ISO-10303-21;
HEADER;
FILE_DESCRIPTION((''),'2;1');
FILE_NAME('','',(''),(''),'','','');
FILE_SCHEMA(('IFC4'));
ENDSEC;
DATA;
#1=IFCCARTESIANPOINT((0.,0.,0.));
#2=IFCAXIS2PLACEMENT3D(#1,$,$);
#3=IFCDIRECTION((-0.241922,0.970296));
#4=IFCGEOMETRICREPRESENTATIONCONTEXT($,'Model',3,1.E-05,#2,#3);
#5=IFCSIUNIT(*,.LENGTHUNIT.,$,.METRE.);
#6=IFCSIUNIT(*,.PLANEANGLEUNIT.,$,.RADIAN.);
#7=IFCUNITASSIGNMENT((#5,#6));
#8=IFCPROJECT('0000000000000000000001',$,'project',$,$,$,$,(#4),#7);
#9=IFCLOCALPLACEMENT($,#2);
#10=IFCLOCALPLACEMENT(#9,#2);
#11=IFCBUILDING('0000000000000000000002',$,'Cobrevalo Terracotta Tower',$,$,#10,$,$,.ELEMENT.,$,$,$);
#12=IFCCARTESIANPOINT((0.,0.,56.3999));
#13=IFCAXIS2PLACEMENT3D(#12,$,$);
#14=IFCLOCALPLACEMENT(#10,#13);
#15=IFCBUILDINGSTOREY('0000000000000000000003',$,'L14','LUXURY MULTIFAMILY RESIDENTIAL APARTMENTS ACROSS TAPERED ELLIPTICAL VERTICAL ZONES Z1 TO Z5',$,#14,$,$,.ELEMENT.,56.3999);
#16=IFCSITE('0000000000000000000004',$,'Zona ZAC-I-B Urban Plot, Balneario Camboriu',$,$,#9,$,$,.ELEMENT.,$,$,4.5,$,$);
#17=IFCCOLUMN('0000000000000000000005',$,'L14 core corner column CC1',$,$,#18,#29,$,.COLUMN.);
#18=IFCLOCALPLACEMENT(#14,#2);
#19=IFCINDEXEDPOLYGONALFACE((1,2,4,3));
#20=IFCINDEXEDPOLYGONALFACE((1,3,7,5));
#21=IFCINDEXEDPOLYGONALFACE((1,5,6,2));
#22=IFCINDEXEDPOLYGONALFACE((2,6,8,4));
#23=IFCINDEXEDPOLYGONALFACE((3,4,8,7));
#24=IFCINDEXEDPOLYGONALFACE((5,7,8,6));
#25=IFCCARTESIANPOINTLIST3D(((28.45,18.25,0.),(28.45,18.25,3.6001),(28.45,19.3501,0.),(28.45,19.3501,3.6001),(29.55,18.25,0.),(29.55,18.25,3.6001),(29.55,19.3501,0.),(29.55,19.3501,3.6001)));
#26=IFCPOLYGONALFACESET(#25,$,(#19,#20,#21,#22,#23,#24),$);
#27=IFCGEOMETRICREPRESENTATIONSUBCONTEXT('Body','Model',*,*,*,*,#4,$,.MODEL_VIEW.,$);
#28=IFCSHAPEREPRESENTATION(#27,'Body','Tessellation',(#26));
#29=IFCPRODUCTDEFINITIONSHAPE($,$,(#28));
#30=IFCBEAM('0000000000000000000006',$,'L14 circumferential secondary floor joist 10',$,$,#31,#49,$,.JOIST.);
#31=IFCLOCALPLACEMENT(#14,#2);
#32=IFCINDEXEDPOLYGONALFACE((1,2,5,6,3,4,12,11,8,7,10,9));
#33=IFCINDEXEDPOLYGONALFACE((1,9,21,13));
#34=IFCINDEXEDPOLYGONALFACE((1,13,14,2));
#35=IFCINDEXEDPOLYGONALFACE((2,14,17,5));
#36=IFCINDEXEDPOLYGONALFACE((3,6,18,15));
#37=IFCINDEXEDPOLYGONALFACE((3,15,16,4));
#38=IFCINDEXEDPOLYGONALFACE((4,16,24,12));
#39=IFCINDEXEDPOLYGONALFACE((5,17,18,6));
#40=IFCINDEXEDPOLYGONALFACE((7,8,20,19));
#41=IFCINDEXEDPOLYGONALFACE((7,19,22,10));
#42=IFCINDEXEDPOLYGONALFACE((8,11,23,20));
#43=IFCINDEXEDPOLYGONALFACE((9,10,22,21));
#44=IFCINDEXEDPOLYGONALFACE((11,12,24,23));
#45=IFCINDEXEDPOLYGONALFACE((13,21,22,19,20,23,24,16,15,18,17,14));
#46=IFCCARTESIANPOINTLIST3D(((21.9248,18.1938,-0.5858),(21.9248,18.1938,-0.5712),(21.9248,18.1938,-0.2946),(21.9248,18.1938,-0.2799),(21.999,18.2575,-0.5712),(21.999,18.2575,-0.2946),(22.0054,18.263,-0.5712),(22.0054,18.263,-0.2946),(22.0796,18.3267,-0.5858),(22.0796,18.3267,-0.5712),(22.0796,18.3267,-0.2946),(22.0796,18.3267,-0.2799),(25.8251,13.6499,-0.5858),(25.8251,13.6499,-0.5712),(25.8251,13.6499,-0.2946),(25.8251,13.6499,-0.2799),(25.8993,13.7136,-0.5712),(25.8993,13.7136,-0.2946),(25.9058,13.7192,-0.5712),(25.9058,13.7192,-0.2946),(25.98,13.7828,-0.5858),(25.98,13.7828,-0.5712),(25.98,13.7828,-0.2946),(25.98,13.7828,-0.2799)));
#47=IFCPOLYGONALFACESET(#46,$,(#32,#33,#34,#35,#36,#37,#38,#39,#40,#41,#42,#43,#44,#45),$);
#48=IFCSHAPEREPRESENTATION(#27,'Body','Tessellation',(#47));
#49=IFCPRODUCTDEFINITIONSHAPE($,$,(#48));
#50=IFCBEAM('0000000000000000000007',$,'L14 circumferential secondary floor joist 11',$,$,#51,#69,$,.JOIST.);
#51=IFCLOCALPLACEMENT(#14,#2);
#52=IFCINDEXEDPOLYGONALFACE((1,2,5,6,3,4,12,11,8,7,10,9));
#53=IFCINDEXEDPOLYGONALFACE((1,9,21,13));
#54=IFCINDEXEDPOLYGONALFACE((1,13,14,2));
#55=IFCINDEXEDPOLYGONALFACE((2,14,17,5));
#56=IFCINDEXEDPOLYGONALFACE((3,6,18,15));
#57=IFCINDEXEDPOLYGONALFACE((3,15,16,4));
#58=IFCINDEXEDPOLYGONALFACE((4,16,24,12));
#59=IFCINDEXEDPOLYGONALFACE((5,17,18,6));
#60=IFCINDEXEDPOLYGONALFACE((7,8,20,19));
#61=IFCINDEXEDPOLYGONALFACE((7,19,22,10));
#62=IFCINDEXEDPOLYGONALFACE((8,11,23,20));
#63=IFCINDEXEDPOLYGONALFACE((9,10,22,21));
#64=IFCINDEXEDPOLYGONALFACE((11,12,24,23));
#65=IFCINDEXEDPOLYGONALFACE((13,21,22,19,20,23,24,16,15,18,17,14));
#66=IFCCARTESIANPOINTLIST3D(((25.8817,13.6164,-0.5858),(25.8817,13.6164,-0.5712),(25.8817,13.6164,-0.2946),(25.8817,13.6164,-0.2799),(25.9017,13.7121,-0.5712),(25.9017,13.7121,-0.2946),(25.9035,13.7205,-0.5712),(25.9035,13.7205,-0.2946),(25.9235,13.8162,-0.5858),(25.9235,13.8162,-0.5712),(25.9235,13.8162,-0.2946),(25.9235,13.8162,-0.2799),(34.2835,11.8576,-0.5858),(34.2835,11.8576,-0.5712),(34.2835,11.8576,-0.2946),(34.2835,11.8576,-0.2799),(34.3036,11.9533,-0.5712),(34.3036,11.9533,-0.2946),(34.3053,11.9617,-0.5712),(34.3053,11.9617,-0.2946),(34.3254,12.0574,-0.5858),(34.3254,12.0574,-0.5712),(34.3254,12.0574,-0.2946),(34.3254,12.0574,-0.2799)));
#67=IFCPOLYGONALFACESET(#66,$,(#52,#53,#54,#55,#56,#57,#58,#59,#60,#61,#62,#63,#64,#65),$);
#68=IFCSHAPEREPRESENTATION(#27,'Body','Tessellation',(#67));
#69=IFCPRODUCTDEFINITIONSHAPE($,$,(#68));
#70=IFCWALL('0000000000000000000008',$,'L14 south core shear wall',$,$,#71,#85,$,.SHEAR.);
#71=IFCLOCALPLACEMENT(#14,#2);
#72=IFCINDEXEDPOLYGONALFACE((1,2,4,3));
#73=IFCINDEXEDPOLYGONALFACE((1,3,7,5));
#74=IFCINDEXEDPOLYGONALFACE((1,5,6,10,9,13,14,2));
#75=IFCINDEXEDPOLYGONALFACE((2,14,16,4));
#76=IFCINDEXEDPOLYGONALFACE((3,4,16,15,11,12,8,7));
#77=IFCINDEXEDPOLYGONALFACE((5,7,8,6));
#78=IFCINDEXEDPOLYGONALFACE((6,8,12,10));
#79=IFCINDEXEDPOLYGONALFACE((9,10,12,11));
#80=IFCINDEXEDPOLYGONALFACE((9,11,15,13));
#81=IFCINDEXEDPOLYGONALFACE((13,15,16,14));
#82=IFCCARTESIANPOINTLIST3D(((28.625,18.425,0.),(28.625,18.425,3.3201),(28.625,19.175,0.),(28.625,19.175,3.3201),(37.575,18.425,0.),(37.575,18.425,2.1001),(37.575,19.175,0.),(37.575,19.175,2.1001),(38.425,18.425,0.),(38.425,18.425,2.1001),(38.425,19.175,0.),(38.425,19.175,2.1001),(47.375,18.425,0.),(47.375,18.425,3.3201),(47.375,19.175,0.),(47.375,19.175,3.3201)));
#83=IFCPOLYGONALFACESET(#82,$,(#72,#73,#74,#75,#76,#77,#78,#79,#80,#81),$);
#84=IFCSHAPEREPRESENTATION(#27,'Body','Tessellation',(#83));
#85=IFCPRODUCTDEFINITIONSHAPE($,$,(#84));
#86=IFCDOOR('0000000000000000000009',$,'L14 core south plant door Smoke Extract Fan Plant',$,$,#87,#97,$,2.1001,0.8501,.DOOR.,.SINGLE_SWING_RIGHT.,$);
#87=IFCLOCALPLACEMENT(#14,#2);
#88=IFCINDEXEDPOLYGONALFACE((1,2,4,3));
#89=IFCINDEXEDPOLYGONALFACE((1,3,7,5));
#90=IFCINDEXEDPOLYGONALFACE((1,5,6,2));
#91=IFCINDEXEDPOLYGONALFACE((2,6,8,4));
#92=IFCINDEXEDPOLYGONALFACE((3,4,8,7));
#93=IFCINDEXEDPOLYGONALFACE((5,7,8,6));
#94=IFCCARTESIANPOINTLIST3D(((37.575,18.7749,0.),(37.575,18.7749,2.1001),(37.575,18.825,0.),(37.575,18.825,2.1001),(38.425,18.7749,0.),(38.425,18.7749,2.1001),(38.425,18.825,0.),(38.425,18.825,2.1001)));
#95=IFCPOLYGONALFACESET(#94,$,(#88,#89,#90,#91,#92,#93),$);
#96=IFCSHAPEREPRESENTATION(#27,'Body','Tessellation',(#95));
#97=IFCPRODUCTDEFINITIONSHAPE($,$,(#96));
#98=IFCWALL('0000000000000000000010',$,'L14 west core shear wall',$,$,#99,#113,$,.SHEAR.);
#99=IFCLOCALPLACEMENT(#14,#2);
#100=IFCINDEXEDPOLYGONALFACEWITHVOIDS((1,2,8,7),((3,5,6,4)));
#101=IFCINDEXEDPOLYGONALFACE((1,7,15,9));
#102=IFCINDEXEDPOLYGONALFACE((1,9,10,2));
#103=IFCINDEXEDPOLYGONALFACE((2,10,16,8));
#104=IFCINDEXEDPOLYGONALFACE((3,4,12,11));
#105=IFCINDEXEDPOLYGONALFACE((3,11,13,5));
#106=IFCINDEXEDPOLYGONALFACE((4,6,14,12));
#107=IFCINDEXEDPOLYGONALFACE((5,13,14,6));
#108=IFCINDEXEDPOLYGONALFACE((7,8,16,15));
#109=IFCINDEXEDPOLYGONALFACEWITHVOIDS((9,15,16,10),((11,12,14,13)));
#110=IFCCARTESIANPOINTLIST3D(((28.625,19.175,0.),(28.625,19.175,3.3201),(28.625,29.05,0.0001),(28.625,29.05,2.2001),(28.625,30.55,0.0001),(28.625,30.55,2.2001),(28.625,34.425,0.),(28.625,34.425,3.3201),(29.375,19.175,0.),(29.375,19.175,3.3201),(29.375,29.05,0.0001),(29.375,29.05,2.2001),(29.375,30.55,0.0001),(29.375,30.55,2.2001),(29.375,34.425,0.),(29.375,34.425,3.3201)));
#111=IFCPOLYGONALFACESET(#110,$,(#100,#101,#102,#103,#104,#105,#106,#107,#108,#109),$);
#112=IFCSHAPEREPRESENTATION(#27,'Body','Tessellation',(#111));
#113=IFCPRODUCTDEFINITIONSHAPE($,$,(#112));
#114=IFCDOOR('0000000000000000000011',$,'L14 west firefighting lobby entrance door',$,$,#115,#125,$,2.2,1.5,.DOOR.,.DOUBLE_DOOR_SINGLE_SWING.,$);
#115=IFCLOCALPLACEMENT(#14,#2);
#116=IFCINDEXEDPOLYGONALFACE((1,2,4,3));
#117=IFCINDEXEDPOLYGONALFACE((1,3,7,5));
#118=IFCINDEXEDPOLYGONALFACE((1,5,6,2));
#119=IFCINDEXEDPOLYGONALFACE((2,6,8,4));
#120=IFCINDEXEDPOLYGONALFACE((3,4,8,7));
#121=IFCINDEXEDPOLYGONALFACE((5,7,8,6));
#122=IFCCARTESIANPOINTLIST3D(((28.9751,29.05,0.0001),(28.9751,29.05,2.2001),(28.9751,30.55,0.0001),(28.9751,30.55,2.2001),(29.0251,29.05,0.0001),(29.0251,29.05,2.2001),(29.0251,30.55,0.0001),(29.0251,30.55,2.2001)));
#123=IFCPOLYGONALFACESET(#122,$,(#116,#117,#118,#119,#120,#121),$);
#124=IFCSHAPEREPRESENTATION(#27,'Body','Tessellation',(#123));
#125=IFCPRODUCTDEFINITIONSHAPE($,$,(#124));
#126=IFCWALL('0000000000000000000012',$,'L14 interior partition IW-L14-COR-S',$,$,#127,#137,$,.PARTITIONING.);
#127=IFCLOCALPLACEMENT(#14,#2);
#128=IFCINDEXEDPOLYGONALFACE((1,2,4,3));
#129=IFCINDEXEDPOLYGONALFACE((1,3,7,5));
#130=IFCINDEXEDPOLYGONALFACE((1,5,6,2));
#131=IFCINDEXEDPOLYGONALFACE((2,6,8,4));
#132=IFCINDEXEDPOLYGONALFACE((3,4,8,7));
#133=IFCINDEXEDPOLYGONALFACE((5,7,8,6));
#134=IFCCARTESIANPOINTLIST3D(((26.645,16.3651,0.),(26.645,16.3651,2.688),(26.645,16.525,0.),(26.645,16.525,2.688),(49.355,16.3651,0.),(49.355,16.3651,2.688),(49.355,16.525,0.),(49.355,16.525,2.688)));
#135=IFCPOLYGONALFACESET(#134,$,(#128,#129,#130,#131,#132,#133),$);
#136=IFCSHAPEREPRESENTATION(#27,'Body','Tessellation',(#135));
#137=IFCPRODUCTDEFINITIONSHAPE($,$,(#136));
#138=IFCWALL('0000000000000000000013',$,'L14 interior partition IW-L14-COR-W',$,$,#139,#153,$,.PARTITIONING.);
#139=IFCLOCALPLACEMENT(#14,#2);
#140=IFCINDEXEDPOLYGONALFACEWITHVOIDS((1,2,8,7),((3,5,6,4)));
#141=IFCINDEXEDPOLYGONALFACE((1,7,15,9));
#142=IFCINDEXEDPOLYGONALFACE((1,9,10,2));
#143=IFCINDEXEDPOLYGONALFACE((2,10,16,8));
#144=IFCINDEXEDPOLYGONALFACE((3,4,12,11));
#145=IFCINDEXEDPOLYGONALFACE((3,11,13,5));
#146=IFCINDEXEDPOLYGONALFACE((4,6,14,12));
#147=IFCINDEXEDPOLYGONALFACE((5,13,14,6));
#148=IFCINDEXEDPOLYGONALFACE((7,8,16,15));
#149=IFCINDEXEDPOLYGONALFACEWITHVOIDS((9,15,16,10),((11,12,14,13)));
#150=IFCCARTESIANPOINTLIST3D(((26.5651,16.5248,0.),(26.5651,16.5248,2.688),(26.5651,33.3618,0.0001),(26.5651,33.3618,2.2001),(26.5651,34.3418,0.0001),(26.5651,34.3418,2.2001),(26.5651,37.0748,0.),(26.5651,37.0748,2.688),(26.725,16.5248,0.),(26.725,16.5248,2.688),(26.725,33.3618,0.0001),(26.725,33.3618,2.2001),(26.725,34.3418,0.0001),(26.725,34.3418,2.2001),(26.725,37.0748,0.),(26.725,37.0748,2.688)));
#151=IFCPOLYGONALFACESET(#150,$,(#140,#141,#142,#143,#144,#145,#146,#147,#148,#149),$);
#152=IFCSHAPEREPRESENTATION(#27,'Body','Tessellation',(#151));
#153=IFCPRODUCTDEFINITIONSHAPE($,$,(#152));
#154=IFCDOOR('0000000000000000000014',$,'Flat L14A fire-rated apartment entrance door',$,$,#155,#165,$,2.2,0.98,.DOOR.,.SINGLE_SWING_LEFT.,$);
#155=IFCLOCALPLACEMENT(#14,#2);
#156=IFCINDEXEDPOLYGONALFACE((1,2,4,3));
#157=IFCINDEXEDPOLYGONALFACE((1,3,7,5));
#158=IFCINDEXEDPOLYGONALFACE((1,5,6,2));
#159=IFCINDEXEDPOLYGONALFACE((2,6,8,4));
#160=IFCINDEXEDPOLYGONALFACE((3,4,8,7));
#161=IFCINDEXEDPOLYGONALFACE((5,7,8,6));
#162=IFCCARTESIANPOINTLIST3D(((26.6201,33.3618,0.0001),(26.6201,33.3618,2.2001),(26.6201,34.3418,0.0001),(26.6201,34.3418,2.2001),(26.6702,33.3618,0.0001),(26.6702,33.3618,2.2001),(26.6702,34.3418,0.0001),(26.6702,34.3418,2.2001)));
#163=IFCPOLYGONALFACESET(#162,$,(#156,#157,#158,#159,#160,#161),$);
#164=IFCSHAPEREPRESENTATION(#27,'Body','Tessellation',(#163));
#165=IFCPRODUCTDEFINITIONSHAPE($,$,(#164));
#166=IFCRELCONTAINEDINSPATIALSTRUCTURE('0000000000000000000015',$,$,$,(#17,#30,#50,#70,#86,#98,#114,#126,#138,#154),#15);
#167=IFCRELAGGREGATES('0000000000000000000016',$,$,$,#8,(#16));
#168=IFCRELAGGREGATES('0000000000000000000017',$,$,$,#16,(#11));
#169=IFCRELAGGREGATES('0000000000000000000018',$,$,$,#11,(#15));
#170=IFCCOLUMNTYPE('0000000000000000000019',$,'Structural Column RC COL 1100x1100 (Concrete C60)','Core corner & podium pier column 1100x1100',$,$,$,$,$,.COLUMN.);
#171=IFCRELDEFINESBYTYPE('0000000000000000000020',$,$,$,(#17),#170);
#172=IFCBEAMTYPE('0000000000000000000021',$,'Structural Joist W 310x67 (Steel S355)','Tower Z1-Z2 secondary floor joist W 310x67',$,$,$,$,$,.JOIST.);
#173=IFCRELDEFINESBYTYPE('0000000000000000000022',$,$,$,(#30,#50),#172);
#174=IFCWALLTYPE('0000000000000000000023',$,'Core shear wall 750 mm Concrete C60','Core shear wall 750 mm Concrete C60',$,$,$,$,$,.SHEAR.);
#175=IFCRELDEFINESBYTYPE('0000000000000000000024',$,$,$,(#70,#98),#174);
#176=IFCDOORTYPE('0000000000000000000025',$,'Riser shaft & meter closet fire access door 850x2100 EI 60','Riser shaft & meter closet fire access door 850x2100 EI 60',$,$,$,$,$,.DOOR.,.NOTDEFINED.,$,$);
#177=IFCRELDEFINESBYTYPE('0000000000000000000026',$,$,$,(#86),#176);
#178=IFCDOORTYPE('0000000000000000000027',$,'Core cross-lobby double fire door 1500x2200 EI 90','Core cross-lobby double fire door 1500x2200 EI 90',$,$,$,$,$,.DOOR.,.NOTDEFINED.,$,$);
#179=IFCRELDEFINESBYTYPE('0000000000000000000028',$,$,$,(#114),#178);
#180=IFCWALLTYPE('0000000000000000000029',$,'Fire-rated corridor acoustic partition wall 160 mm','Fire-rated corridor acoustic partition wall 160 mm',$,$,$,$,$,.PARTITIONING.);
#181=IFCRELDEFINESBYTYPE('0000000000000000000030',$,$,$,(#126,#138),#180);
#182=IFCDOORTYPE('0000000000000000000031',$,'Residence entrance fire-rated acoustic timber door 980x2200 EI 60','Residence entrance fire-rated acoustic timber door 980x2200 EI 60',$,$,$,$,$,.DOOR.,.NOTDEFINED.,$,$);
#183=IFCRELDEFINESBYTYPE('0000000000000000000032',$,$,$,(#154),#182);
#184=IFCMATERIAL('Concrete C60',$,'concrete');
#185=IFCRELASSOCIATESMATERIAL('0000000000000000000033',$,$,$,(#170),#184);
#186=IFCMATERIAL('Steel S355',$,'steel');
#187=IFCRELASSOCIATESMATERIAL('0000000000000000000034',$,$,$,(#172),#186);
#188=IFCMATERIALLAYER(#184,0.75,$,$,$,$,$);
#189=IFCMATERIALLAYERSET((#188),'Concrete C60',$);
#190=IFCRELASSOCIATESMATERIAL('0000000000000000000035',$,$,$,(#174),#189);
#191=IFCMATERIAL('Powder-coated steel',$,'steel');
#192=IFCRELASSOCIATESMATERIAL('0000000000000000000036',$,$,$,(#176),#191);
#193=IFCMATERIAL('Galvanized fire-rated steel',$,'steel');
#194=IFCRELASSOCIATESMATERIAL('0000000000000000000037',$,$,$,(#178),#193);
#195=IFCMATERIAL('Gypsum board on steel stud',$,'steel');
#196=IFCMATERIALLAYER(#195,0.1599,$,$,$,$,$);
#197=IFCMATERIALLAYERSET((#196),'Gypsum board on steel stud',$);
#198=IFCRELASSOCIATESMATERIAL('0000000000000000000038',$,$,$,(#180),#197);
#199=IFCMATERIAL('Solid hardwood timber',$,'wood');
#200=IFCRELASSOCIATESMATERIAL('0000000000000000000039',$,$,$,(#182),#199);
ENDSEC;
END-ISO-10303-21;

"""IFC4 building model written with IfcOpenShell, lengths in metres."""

from ifc_helpers import new_model, si_unit, direction, frame, frame_2d, origin, origin_2d, place, context, subcontext, project, spatial, rectangle, i_section, extrude, source, transform, mapped, material, layer, layer_set, material_profile, profile_set, type_object, element, fill, save


model = new_model("IFC4")

# Units and contexts
model_context = context("Model", 3, precision=1e-05, world=origin(), true_north=direction((-0.241922, 0.970296)))
body_context = subcontext(model_context, "Body", "Model", "MODEL_VIEW")
ifc_project = project(units=[si_unit("LENGTHUNIT", "METRE"), si_unit("PLANEANGLEUNIT", "RADIAN")], contexts=[model_context])

# Site, building, storey
site_placement = place(None, origin())
site = spatial("IfcSite", under=ifc_project, at=site_placement, Name="Zona ZAC-I-B Urban Plot, Balneario Camboriu", CompositionType="ELEMENT", RefElevation=4.5)
building_placement = place(site_placement, origin())
building = spatial("IfcBuilding", under=site, at=building_placement, Name="Cobrevalo Terracotta Tower", CompositionType="ELEMENT")
storey_placement = place(building_placement, frame((0.0, 0.0, 56.3999)))
storey = spatial("IfcBuildingStorey", under=building, at=storey_placement, Name="L14", Description="LUXURY MULTIFAMILY RESIDENTIAL APARTMENTS ACROSS TAPERED ELLIPTICAL VERTICAL ZONES Z1 TO Z5", CompositionType="ELEMENT", Elevation=56.3999)

# Column
ifc_material_1 = material(Name="Concrete C60", Category="concrete")
ifc_material_profile_1 = material_profile(ifc_material_1, rectangle(XDim=1.1001, YDim=1.1001, at=origin_2d()), Name="RC COL 1100x1100")
ifc_profile_set_1 = profile_set([ifc_material_profile_1], Name="Concrete C60")
column_type = type_object("IfcColumnType", Name="Structural Column RC COL 1100x1100 (Concrete C60)", Description="Core corner & podium pier column 1100x1100", PredefinedType="COLUMN", material=ifc_profile_set_1)
column_placement = place(storey_placement, frame((29.0, 18.8, 0.0), z_axis=(0.0, 0.0, 1.0), x_axis=(1.0, 0.0, 0.0)))
element("IfcColumn", 1, at=column_placement, inside=storey, type_object=column_type, Name="L14 core corner column CC1", PredefinedType="COLUMN", context=body_context, shape_type="SweptSolid", body=[
    extrude(rectangle(XDim=1.1001, YDim=1.1001, at=origin_2d()), origin(), (0.0, 0.0, 1.0), 3.6001),
])

# Beams
ifc_material_2 = material(Name="Steel S355", Category="steel")
ifc_material_profile_2 = material_profile(ifc_material_2, i_section(OverallWidth=0.2041, OverallDepth=0.3059, WebThickness=0.0085, FlangeThickness=0.0146, at=origin_2d()), Name="W 310x67")
ifc_profile_set_2 = profile_set([ifc_material_profile_2], Name="Steel S355")
beam_type = type_object("IfcBeamType", Name="Structural Joist W 310x67 (Steel S355)", Description="Tower Z1-Z2 secondary floor joist W 310x67", PredefinedType="JOIST", material=ifc_profile_set_2)
beam_1_placement = place(storey_placement, frame((22.0022, 18.2603, -0.4329), z_axis=(0.651328, -0.758796, 0.0), x_axis=(0.758796, 0.651328, 0.0)))
element("IfcBeam", 2, at=beam_1_placement, inside=storey, type_object=beam_type, Name="L14 circumferential secondary floor joist 10", PredefinedType="JOIST", context=body_context, shape_type="SweptSolid", body=[
    extrude(i_section(OverallWidth=0.2041, OverallDepth=0.3059, WebThickness=0.0085, FlangeThickness=0.0146, at=origin_2d()), origin(), (0.0, 0.0, 1.0), 5.9883),
])
beam_2_placement = place(storey_placement, frame((25.9026, 13.7163, -0.4329), z_axis=(0.978785, -0.204892, 0.0), x_axis=(0.204892, 0.978785, 0.0)))
element("IfcBeam", 3, at=beam_2_placement, inside=storey, type_object=beam_type, Name="L14 circumferential secondary floor joist 11", PredefinedType="JOIST", context=body_context, shape_type="SweptSolid", body=[
    extrude(i_section(OverallWidth=0.2041, OverallDepth=0.3059, WebThickness=0.0085, FlangeThickness=0.0146, at=origin_2d()), origin(), (0.0, 0.0, 1.0), 8.584),
])

# Walls, openings, doors
ifc_layer_1 = layer(ifc_material_1, 0.75)
ifc_layer_set_1 = layer_set([ifc_layer_1], Name="Concrete C60")
wall_type_1 = type_object("IfcWallType", Name="Core shear wall 750 mm Concrete C60", Description="Core shear wall 750 mm Concrete C60", PredefinedType="SHEAR", material=ifc_layer_set_1)
wall_1_placement = place(storey_placement, frame((28.625, 18.8, 0.0), z_axis=(0.0, 0.0, 1.0), x_axis=(1.0, 0.0, 0.0)))
wall_1 = element("IfcWall", 4, at=wall_1_placement, inside=storey, type_object=wall_type_1, Name="L14 south core shear wall", PredefinedType="SHEAR", context=body_context, shape_type="SweptSolid", body=[
    extrude(rectangle(XDim=18.75, YDim=0.75, at=frame_2d((9.375, 0.0))), origin(), (0.0, 0.0, 1.0), 3.3201),
])
opening_1_placement = place(wall_1_placement, frame((8.95, 0.0, 0.0)))
opening_1 = element("IfcOpeningElement", 5, at=opening_1_placement, cuts=wall_1, PredefinedType="OPENING", context=body_context, shape_type="SweptSolid", body=[
    extrude(rectangle(XDim=0.8501, YDim=2.1001, at=frame_2d((0.425, 1.05))), frame((0.0, 0.385, 0.0), z_axis=(0.0, -1.0, 0.0), x_axis=(1.0, 0.0, 0.0)), (0.0, 0.0, 1.0), 0.77),
])
ifc_material_3 = material(Name="Powder-coated steel", Category="steel")
door_type_1 = type_object("IfcDoorType", Name="Riser shaft & meter closet fire access door 850x2100 EI 60", Description="Riser shaft & meter closet fire access door 850x2100 EI 60", OperationType="NOTDEFINED", PredefinedType="DOOR", material=ifc_material_3)
shared_shape_1 = source(origin(), body_context, "Body", "SweptSolid", [
    extrude(rectangle(XDim=0.8501, YDim=2.1001, at=frame_2d((0.425, 1.05))), frame((0.0, 0.0249, 0.0), z_axis=(0.0, -1.0, 0.0), x_axis=(1.0, 0.0, 0.0)), (0.0, 0.0, 1.0), 0.05),
])
door_1_placement = place(opening_1_placement, origin())
door_1 = element("IfcDoor", 6, at=door_1_placement, inside=storey, type_object=door_type_1, Name="L14 core south plant door Smoke Extract Fan Plant", OperationType="SINGLE_SWING_RIGHT", OverallHeight=2.1001, OverallWidth=0.8501, PredefinedType="DOOR", context=body_context, shape_type="MappedRepresentation", body=[
    mapped(shared_shape_1, transform((0.0, 0.0, 0.0), scale=1.0)),
])
fill(opening_1, door_1)
wall_2_placement = place(storey_placement, frame((29.0, 19.175, 0.0), z_axis=(0.0, 0.0, 1.0), x_axis=(0.0, 1.0, 0.0)))
wall_2 = element("IfcWall", 7, at=wall_2_placement, inside=storey, type_object=wall_type_1, Name="L14 west core shear wall", PredefinedType="SHEAR", context=body_context, shape_type="SweptSolid", body=[
    extrude(rectangle(XDim=15.25, YDim=0.75, at=frame_2d((7.625, 0.0))), origin(), (0.0, 0.0, 1.0), 3.3201),
])
opening_2_placement = place(wall_2_placement, frame((9.875, 0.0, 0.0)))
opening_2 = element("IfcOpeningElement", 8, at=opening_2_placement, cuts=wall_2, PredefinedType="OPENING", context=body_context, shape_type="SweptSolid", body=[
    extrude(rectangle(XDim=1.5, YDim=2.2, at=frame_2d((0.75, 1.1001))), frame((0.0, 0.385, 0.0), z_axis=(0.0, -1.0, 0.0), x_axis=(1.0, 0.0, 0.0)), (0.0, 0.0, 1.0), 0.77),
])
ifc_material_4 = material(Name="Galvanized fire-rated steel", Category="steel")
door_type_2 = type_object("IfcDoorType", Name="Core cross-lobby double fire door 1500x2200 EI 90", Description="Core cross-lobby double fire door 1500x2200 EI 90", OperationType="NOTDEFINED", PredefinedType="DOOR", material=ifc_material_4)
shared_shape_2 = source(origin(), body_context, "Body", "SweptSolid", [
    extrude(rectangle(XDim=1.5, YDim=2.2, at=frame_2d((0.75, 1.1001))), frame((0.0, 0.0249, 0.0), z_axis=(0.0, -1.0, 0.0), x_axis=(1.0, 0.0, 0.0)), (0.0, 0.0, 1.0), 0.05),
])
door_2_placement = place(opening_2_placement, origin())
door_2 = element("IfcDoor", 9, at=door_2_placement, inside=storey, type_object=door_type_2, Name="L14 west firefighting lobby entrance door", OperationType="DOUBLE_DOOR_SINGLE_SWING", OverallHeight=2.2, OverallWidth=1.5, PredefinedType="DOOR", context=body_context, shape_type="MappedRepresentation", body=[
    mapped(shared_shape_2, transform((0.0, 0.0, 0.0), scale=1.0)),
])
fill(opening_2, door_2)

# Wall
ifc_material_5 = material(Name="Gypsum board on steel stud", Category="steel")
ifc_layer_2 = layer(ifc_material_5, 0.1599)
ifc_layer_set_2 = layer_set([ifc_layer_2], Name="Gypsum board on steel stud")
wall_type_2 = type_object("IfcWallType", Name="Fire-rated corridor acoustic partition wall 160 mm", Description="Fire-rated corridor acoustic partition wall 160 mm", PredefinedType="PARTITIONING", material=ifc_layer_set_2)
wall_3_placement = place(storey_placement, frame((26.645, 16.4451, 0.0), z_axis=(0.0, 0.0, 1.0), x_axis=(1.0, 0.0, 0.0)))
element("IfcWall", 10, at=wall_3_placement, inside=storey, type_object=wall_type_2, Name="L14 interior partition IW-L14-COR-S", PredefinedType="PARTITIONING", context=body_context, shape_type="SweptSolid", body=[
    extrude(rectangle(XDim=22.71, YDim=0.1599, at=frame_2d((11.355, 0.0))), origin(), (0.0, 0.0, 1.0), 2.688),
])

# Wall, opening, door
wall_4_placement = place(storey_placement, frame((26.645, 16.5249, 0.0), z_axis=(0.0, 0.0, 1.0), x_axis=(0.0, 1.0, 0.0)))
wall_4 = element("IfcWall", 11, at=wall_4_placement, inside=storey, type_object=wall_type_2, Name="L14 interior partition IW-L14-COR-W", PredefinedType="PARTITIONING", context=body_context, shape_type="SweptSolid", body=[
    extrude(rectangle(XDim=20.55, YDim=0.1599, at=frame_2d((10.2749, 0.0))), origin(), (0.0, 0.0, 1.0), 2.688),
])
opening_3_placement = place(wall_4_placement, frame((16.8369, 0.0, 0.0)))
opening_3 = element("IfcOpeningElement", 12, at=opening_3_placement, cuts=wall_4, PredefinedType="OPENING", context=body_context, shape_type="SweptSolid", body=[
    extrude(rectangle(XDim=0.98, YDim=2.2, at=frame_2d((0.49, 1.1001))), frame((0.0, 0.0898, 0.0), z_axis=(0.0, -1.0, 0.0), x_axis=(1.0, 0.0, 0.0)), (0.0, 0.0, 1.0), 0.1799),
])
ifc_material_6 = material(Name="Solid hardwood timber", Category="wood")
door_type_3 = type_object("IfcDoorType", Name="Residence entrance fire-rated acoustic timber door 980x2200 EI 60", Description="Residence entrance fire-rated acoustic timber door 980x2200 EI 60", OperationType="NOTDEFINED", PredefinedType="DOOR", material=ifc_material_6)
shared_shape_3 = source(origin(), body_context, "Body", "SweptSolid", [
    extrude(rectangle(XDim=0.98, YDim=2.2, at=frame_2d((0.49, 1.1001))), frame((0.0, 0.0249, 0.0), z_axis=(0.0, -1.0, 0.0), x_axis=(1.0, 0.0, 0.0)), (0.0, 0.0, 1.0), 0.05),
])
door_3_placement = place(opening_3_placement, origin())
door_3 = element("IfcDoor", 13, at=door_3_placement, inside=storey, type_object=door_type_3, Name="Flat L14A fire-rated apartment entrance door", OperationType="SINGLE_SWING_LEFT", OverallHeight=2.2, OverallWidth=0.98, PredefinedType="DOOR", context=body_context, shape_type="MappedRepresentation", body=[
    mapped(shared_shape_3, transform((0.0, 0.0, 0.0), scale=1.0)),
])
fill(opening_3, door_3)

save(model, "model.ifc")
